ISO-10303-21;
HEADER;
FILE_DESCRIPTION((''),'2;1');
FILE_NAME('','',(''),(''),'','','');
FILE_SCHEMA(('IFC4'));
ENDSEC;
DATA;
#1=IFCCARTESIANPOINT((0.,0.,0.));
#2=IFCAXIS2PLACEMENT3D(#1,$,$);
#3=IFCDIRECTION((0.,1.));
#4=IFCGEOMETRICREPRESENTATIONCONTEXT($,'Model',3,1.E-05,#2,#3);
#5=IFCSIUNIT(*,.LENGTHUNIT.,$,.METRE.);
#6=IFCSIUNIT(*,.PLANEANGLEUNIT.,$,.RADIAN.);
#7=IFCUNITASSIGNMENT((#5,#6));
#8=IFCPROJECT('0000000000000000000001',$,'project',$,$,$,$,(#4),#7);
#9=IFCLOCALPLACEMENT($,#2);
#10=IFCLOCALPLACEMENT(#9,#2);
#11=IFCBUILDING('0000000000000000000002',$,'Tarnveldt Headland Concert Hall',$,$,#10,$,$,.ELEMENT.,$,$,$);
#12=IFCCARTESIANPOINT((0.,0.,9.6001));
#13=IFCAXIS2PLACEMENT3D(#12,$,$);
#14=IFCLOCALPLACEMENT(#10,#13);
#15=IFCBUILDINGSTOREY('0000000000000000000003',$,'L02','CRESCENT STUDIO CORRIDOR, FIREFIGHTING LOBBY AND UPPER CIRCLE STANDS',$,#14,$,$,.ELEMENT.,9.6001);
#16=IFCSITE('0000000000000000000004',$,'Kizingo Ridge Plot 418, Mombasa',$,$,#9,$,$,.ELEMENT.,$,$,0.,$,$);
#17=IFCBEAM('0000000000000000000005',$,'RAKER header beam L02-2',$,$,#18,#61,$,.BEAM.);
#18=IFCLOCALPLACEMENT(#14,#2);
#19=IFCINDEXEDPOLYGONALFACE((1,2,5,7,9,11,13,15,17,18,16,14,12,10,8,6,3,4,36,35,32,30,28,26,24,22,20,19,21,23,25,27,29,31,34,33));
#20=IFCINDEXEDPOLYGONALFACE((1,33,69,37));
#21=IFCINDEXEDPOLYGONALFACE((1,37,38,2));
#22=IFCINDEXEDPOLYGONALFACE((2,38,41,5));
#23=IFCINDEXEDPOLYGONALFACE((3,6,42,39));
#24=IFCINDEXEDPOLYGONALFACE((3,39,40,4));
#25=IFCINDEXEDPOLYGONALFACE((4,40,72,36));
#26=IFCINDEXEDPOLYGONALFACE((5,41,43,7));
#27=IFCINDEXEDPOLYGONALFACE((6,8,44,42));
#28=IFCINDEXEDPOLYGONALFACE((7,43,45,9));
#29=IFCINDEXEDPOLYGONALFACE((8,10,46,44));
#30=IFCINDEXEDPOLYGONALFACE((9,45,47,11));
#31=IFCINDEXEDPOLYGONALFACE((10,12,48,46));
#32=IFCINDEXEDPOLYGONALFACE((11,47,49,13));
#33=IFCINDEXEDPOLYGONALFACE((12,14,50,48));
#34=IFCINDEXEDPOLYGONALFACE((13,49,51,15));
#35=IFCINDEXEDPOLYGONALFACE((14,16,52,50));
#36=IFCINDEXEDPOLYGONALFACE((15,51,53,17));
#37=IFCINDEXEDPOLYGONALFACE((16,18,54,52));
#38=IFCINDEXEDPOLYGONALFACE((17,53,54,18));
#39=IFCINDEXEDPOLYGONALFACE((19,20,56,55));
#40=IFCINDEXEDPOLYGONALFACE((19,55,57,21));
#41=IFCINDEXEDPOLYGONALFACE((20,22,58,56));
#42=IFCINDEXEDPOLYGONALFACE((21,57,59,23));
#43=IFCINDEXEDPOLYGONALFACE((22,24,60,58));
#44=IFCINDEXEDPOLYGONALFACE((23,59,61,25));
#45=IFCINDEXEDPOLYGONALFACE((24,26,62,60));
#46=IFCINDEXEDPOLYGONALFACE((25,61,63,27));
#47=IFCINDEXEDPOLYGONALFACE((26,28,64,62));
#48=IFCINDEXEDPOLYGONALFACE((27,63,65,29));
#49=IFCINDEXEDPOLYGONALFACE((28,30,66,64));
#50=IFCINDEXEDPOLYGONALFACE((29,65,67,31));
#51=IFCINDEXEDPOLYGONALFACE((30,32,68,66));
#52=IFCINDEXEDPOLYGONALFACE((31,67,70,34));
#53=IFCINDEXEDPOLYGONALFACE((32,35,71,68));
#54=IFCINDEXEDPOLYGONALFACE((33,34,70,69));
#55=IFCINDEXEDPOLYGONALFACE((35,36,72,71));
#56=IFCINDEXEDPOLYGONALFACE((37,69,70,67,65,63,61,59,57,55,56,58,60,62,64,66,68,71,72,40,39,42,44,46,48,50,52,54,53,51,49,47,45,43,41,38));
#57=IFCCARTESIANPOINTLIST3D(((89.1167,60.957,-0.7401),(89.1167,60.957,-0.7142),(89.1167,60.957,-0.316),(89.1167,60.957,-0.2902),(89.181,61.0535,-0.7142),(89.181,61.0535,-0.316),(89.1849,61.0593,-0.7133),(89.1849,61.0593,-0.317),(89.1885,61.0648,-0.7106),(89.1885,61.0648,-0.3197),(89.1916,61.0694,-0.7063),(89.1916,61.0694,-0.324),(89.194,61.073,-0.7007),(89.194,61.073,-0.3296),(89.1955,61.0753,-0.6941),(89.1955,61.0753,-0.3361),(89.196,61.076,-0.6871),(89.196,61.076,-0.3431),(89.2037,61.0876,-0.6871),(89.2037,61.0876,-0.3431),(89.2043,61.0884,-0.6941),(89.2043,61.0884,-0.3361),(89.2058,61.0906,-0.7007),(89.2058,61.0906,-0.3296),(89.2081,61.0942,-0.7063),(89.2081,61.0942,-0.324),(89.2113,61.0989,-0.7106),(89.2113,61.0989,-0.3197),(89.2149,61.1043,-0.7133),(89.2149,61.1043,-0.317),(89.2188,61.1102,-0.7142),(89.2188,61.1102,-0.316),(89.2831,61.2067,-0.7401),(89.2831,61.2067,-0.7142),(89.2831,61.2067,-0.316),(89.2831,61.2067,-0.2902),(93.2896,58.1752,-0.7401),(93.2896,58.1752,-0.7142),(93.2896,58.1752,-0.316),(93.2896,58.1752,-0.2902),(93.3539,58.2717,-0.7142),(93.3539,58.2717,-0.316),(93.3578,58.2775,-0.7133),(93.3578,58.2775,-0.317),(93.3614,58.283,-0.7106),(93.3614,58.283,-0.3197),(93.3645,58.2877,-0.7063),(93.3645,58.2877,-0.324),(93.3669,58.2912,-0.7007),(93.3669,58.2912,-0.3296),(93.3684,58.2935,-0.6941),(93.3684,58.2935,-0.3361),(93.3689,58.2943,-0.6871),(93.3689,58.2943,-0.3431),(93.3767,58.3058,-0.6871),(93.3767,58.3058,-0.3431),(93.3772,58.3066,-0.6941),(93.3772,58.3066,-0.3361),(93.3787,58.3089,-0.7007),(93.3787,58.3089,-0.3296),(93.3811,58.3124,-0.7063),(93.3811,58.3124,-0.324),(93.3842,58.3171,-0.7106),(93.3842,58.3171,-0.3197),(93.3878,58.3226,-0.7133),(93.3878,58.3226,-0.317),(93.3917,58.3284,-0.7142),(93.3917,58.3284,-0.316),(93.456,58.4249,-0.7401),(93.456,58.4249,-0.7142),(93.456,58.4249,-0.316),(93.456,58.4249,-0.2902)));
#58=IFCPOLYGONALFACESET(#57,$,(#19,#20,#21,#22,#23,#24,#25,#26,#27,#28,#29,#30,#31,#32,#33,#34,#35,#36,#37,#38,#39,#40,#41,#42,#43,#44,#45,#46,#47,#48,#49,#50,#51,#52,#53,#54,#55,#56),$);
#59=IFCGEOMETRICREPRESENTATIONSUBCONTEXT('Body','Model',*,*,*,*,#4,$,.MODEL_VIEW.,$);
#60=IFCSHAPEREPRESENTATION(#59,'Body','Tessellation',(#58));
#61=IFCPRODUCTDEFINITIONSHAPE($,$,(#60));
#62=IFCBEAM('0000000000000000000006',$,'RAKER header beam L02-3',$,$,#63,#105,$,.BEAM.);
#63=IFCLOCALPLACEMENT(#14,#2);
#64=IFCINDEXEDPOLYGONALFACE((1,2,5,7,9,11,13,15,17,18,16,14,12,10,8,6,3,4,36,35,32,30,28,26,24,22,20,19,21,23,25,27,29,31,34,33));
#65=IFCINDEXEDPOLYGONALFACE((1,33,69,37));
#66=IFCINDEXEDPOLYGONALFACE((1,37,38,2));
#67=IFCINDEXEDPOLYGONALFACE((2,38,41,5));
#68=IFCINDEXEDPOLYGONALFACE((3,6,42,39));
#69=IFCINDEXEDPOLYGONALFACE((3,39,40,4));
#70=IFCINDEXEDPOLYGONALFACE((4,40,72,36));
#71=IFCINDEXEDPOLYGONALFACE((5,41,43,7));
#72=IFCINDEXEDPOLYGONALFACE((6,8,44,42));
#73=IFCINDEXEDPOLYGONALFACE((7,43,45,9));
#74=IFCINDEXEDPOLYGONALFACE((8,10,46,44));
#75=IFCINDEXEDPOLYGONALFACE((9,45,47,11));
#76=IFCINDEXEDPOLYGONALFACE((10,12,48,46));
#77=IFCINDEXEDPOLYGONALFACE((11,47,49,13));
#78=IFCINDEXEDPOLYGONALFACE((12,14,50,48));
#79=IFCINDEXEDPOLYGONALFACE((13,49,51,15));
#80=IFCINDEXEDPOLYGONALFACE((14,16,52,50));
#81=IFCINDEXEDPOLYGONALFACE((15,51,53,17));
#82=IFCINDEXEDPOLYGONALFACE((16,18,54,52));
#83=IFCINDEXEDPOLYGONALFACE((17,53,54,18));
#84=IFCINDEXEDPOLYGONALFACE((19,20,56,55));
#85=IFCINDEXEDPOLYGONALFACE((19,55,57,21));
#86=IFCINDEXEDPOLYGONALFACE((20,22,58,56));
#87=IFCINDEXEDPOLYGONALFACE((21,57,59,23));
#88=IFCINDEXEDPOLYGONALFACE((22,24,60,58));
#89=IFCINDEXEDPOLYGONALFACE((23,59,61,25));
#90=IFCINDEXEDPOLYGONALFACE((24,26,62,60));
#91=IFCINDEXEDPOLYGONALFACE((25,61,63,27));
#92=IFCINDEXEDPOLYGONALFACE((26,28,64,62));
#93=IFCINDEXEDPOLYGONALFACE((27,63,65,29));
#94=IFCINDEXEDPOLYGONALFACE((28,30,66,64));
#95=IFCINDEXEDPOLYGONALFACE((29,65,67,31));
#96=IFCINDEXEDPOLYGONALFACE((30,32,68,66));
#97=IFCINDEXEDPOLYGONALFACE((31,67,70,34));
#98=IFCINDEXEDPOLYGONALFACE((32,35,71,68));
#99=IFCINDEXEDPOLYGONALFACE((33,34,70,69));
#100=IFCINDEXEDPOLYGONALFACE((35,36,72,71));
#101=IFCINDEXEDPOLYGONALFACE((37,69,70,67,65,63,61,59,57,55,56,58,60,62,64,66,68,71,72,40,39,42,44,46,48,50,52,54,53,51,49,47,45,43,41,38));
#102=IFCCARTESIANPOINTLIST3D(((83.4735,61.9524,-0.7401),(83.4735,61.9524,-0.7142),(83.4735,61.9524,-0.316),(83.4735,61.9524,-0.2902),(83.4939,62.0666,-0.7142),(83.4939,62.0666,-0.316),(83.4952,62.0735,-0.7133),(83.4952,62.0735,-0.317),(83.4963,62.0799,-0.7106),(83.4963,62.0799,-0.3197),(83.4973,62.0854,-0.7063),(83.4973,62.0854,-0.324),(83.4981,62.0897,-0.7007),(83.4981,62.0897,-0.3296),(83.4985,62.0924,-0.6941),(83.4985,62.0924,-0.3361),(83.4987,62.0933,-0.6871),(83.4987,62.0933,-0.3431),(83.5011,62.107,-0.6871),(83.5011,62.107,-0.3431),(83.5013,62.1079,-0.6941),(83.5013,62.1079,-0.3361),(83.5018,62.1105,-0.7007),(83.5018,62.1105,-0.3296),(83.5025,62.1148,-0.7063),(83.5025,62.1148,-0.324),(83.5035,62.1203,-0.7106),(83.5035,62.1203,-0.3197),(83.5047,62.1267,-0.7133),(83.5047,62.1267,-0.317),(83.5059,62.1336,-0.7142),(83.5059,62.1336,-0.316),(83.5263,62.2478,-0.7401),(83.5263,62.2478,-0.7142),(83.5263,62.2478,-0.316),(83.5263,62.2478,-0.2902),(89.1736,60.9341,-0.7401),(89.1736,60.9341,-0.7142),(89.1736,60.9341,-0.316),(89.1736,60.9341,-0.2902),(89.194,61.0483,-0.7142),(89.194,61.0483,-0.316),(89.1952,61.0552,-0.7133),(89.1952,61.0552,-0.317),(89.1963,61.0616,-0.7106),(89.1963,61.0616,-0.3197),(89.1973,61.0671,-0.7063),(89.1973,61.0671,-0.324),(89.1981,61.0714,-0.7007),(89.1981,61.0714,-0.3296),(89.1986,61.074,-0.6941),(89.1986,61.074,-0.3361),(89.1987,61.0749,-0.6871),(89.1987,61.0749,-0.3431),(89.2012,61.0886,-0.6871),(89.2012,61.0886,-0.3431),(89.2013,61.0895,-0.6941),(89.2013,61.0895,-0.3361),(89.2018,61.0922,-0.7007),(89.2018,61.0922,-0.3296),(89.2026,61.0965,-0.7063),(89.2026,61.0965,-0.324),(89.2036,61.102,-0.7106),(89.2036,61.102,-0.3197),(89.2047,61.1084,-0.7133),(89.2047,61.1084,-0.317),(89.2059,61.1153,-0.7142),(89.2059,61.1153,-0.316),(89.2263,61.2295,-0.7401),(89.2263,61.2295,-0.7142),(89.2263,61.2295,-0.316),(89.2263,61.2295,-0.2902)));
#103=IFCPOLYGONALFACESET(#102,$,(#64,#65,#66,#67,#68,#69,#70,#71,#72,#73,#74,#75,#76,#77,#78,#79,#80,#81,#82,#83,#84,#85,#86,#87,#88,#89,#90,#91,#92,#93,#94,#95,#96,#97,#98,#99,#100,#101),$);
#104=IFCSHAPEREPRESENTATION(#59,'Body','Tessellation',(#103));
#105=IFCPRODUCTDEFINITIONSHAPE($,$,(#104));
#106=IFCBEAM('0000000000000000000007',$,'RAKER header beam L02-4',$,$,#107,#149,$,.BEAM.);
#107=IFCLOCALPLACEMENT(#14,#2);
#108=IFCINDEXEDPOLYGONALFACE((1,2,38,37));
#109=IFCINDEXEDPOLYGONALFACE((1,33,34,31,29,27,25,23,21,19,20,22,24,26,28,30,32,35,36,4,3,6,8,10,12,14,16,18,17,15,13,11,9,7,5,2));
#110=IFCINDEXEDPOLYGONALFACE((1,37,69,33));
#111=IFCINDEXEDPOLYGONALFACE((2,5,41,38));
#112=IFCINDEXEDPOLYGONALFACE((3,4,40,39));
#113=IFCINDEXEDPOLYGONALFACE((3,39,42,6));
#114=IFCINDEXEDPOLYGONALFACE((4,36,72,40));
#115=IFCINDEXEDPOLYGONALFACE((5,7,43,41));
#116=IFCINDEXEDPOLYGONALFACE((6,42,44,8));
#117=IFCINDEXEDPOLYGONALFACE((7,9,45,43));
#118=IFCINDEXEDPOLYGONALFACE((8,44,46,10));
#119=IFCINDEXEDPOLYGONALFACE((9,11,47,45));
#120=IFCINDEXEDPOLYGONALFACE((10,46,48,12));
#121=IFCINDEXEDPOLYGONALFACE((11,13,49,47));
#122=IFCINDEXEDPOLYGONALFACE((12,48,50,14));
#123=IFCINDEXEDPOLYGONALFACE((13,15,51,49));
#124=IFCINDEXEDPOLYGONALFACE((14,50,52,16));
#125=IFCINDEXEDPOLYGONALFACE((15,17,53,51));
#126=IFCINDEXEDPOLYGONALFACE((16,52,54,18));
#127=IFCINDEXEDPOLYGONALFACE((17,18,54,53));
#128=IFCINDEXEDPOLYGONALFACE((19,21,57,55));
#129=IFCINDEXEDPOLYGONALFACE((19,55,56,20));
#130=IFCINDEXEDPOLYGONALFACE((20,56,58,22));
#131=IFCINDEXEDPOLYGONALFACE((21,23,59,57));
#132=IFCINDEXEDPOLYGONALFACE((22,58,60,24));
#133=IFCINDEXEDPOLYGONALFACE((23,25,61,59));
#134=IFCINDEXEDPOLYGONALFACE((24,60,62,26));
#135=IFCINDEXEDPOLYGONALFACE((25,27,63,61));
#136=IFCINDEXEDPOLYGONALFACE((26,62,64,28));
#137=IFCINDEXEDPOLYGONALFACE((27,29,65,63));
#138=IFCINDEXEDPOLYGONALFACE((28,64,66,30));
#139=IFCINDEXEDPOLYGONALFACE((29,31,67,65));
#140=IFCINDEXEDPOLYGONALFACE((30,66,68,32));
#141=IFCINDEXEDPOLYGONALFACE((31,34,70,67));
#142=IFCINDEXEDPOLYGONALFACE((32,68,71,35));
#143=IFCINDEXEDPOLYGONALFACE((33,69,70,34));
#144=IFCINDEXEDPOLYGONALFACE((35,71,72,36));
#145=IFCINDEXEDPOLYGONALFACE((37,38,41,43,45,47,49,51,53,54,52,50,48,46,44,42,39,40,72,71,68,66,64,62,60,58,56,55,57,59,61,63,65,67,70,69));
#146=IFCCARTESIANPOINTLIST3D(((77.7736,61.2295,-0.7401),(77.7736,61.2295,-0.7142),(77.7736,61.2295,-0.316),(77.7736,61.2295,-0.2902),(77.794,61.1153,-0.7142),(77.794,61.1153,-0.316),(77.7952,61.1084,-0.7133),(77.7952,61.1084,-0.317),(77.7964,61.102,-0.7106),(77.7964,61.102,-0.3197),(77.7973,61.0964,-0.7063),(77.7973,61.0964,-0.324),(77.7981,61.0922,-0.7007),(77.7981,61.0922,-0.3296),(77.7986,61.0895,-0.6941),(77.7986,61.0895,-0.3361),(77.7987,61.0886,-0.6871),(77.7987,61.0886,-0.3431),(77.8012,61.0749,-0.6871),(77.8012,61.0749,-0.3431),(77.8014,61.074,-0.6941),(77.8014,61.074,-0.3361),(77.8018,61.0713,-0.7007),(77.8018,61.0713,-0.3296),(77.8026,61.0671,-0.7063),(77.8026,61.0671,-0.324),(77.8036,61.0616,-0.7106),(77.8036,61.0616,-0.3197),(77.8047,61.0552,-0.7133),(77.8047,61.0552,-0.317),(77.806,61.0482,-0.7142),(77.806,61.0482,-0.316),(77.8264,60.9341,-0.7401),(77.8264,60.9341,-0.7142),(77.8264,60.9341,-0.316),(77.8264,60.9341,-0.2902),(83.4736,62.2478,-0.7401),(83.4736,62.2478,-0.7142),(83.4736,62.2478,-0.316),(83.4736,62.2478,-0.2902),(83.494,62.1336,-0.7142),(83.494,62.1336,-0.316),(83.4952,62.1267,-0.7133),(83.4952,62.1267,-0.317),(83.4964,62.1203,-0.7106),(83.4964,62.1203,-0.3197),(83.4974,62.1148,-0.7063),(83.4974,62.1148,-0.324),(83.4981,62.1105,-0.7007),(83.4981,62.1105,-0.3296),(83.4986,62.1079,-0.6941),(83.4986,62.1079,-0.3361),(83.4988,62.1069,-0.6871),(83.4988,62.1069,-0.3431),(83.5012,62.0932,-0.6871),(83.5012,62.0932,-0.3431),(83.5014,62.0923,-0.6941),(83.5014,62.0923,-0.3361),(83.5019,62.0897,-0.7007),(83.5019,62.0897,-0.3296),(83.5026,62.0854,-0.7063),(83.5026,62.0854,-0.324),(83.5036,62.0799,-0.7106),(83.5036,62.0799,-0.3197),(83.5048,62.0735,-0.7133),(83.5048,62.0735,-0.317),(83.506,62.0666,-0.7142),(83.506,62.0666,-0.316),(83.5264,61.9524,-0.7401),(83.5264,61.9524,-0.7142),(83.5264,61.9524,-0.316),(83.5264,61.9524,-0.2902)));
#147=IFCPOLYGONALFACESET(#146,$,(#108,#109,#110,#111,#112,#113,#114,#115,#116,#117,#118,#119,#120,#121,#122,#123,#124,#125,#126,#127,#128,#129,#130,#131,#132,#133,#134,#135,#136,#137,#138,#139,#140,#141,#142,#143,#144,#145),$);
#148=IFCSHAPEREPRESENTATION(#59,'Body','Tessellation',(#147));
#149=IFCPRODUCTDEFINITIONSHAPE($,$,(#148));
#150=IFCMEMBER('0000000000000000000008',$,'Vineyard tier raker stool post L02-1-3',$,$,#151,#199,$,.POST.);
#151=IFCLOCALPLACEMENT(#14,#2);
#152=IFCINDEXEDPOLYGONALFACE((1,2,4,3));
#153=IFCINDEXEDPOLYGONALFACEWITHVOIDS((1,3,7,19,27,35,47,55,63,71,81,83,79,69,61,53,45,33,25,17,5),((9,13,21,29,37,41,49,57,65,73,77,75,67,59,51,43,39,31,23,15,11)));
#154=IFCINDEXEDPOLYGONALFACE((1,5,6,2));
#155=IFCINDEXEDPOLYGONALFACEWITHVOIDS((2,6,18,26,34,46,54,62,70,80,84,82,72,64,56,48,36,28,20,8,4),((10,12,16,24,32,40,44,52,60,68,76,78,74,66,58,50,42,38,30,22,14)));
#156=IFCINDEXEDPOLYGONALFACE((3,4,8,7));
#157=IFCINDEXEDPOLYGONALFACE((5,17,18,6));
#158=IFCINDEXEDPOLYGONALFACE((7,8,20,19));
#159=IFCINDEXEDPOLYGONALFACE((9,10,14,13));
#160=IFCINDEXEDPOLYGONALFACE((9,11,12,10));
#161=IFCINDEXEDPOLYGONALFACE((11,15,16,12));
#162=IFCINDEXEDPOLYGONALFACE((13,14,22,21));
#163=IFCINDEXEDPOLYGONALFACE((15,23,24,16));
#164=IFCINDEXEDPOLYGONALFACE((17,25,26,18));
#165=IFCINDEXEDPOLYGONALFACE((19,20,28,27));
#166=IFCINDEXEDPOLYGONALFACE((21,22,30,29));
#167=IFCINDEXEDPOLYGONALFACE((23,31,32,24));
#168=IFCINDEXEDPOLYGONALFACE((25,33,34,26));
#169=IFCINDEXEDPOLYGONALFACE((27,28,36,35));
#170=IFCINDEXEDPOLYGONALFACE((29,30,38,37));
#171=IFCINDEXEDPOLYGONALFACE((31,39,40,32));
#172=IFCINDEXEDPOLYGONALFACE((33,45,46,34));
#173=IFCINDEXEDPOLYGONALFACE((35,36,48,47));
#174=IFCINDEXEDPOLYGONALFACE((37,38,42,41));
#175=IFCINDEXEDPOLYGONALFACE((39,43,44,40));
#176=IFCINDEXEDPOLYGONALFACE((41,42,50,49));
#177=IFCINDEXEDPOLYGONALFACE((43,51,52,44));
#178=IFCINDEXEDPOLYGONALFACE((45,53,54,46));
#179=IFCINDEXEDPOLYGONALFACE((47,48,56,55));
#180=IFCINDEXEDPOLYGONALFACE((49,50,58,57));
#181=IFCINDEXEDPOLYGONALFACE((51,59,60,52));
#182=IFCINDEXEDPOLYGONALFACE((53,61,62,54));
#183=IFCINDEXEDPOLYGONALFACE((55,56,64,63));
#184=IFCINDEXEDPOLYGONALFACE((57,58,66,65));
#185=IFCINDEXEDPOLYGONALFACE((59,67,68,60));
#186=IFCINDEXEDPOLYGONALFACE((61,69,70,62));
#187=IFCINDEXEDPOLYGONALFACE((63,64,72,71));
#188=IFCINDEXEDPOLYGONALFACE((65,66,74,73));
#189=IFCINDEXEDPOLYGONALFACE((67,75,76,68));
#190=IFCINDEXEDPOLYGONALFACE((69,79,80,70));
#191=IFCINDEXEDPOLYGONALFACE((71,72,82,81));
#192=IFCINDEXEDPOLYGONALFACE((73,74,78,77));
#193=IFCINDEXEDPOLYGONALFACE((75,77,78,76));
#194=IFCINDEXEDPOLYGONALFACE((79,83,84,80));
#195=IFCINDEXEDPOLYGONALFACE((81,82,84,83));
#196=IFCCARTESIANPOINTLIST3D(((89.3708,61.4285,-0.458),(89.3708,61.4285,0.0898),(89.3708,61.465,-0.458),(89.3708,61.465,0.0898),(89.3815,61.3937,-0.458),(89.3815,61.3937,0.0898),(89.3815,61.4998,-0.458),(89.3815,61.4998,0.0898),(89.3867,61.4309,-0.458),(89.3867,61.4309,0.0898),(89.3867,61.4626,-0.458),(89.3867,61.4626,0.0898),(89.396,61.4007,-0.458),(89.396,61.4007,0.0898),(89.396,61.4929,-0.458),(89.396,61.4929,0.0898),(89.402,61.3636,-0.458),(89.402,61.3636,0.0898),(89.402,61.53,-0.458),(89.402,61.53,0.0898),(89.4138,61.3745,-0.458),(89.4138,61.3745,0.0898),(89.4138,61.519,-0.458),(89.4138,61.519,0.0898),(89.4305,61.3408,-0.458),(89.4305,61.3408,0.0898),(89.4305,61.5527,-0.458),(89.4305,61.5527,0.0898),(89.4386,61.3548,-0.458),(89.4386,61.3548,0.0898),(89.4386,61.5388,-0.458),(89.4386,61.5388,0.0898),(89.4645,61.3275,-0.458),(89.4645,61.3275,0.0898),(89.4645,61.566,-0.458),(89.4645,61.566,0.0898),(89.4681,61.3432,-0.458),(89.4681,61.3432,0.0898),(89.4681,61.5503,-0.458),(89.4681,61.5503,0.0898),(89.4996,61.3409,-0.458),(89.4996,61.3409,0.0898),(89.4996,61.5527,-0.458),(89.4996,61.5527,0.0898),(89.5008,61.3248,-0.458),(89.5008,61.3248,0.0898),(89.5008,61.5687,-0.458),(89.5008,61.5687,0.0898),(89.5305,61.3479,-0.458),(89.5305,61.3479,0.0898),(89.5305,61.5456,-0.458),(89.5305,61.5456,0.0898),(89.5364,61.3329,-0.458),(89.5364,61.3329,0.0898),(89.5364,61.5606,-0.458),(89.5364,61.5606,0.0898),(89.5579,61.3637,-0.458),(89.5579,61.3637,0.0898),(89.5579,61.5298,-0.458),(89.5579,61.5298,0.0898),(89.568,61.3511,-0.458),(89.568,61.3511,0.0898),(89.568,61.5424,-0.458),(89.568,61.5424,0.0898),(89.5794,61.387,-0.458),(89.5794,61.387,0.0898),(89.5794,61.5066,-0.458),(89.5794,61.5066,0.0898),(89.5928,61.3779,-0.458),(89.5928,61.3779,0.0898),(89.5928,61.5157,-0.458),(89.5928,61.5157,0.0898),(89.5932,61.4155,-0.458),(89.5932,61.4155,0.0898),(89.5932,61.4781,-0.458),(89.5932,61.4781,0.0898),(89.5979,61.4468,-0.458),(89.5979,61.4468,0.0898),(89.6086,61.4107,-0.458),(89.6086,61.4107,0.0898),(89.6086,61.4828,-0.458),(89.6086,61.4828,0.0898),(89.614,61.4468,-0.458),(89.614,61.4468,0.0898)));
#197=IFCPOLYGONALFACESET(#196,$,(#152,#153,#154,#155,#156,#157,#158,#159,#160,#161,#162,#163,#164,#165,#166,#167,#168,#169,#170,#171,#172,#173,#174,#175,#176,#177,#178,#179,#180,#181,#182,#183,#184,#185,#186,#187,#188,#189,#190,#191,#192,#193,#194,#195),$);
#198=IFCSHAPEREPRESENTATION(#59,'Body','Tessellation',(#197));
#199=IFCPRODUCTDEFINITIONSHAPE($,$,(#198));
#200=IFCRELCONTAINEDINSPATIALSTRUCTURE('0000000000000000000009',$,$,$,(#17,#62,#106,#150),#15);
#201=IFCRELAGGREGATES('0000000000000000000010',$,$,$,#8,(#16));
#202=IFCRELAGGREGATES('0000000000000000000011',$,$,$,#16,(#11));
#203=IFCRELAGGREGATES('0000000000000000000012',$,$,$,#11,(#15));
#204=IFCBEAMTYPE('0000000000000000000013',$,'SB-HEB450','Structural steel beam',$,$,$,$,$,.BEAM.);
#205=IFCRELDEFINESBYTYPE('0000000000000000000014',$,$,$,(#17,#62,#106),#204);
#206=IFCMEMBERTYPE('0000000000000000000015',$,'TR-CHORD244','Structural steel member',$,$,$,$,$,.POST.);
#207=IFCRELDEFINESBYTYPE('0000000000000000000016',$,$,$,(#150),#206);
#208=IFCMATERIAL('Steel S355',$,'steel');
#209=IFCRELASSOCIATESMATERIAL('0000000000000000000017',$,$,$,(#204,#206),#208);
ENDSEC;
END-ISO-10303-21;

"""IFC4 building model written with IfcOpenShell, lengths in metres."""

from ifc_helpers import new_model, si_unit, direction, frame, origin, origin_2d, place, context, subcontext, project, spatial, hollow_circle, i_section, extrude, material, material_profile, profile_set, type_object, element, save


model = new_model("IFC4")

# Units and contexts
model_context = context("Model", 3, precision=1e-05, world=origin(), true_north=direction((0.0, 1.0)))
body_context = subcontext(model_context, "Body", "Model", "MODEL_VIEW")
ifc_project = project(units=[si_unit("LENGTHUNIT", "METRE"), si_unit("PLANEANGLEUNIT", "RADIAN")], contexts=[model_context])

# Site, building, storey
site_placement = place(None, origin())
site = spatial("IfcSite", under=ifc_project, at=site_placement, Name="Kizingo Ridge Plot 418, Mombasa", CompositionType="ELEMENT", RefElevation=0.0)
building_placement = place(site_placement, origin())
building = spatial("IfcBuilding", under=site, at=building_placement, Name="Tarnveldt Headland Concert Hall", CompositionType="ELEMENT")
storey_placement = place(building_placement, frame((0.0, 0.0, 9.6001)))
storey = spatial("IfcBuildingStorey", under=building, at=storey_placement, Name="L02", Description="CRESCENT STUDIO CORRIDOR, FIREFIGHTING LOBBY AND UPPER CIRCLE STANDS", CompositionType="ELEMENT", Elevation=9.6001)

# Shared definitions
ifc_material_1 = material(Name="Steel S355", Category="steel")

# Beams
ifc_material_profile_1 = material_profile(ifc_material_1, i_section(OverallWidth=0.3, OverallDepth=0.45, WebThickness=0.0139, FlangeThickness=0.0259, FilletRadius=0.0271, at=origin_2d()), Name="HEB450", Category="steel")
ifc_profile_set_1 = profile_set([ifc_material_profile_1], Name="Steel S355")
beam_type = type_object("IfcBeamType", Name="SB-HEB450", Description="Structural steel beam", PredefinedType="BEAM", material=ifc_profile_set_1)
beam_placement = place(storey_placement, frame((93.3728, 58.3, -0.5151), z_axis=(-0.832065, 0.554678, 0.0), x_axis=(-0.554678, -0.832065, 0.0)))
element("IfcBeam", 1, at=beam_placement, inside=storey, type_object=beam_type, Name="RAKER header beam L02-2", PredefinedType="BEAM", context=body_context, shape_type="SweptSolid", body=[
    extrude(i_section(OverallWidth=0.3, OverallDepth=0.45, WebThickness=0.0139, FlangeThickness=0.0259, FilletRadius=0.0271, at=origin_2d()), origin(), (0.0, 0.0, 1.0), 5.0151),
])
for number, where, z_axis, x_axis, name in (
    (2, (89.2, 61.0818, -0.5151), (-0.984414, 0.175868, 0.0), (-0.175868, -0.984414, 0.0), "RAKER header beam L02-3"),
    (3, (83.5, 62.1001, -0.5151), (-0.984414, -0.175868, 0.0), (0.175868, -0.984414, 0.0), "RAKER header beam L02-4"),
):
    element("IfcBeam", number, at=place(storey_placement, frame(where, z_axis=z_axis, x_axis=x_axis)), inside=storey, type_object=beam_type, Name=name, PredefinedType="BEAM", context=body_context, shape_type="SweptSolid", body=[
        extrude(i_section(OverallWidth=0.3, OverallDepth=0.45, WebThickness=0.0139, FlangeThickness=0.0259, FilletRadius=0.0271, at=origin_2d()), origin(), (0.0, 0.0, 1.0), 5.7903),
    ])

# Member
ifc_material_profile_2 = material_profile(ifc_material_1, hollow_circle(Radius=0.1223, WallThickness=0.0161, at=origin_2d()), Name="CHS 244.5x16", Category="steel")
ifc_profile_set_2 = profile_set([ifc_material_profile_2], Name="Steel S355")
member_type = type_object("IfcMemberType", Name="TR-CHORD244", Description="Structural steel member", PredefinedType="POST", material=ifc_profile_set_2)
member_1_placement = place(storey_placement, frame((89.4917, 61.4468, -0.458), z_axis=(0.0, 0.0, 1.0), x_axis=(1.0, 0.0, 0.0)))
element("IfcMember", 4, at=member_1_placement, inside=storey, type_object=member_type, Name="Vineyard tier raker stool post L02-1-3", PredefinedType="POST", context=body_context, shape_type="SweptSolid", body=[
    extrude(hollow_circle(Radius=0.1223, WallThickness=0.0161, at=origin_2d()), origin(), (0.0, 0.0, 1.0), 0.5479),
])

save(model, "model.ifc")
